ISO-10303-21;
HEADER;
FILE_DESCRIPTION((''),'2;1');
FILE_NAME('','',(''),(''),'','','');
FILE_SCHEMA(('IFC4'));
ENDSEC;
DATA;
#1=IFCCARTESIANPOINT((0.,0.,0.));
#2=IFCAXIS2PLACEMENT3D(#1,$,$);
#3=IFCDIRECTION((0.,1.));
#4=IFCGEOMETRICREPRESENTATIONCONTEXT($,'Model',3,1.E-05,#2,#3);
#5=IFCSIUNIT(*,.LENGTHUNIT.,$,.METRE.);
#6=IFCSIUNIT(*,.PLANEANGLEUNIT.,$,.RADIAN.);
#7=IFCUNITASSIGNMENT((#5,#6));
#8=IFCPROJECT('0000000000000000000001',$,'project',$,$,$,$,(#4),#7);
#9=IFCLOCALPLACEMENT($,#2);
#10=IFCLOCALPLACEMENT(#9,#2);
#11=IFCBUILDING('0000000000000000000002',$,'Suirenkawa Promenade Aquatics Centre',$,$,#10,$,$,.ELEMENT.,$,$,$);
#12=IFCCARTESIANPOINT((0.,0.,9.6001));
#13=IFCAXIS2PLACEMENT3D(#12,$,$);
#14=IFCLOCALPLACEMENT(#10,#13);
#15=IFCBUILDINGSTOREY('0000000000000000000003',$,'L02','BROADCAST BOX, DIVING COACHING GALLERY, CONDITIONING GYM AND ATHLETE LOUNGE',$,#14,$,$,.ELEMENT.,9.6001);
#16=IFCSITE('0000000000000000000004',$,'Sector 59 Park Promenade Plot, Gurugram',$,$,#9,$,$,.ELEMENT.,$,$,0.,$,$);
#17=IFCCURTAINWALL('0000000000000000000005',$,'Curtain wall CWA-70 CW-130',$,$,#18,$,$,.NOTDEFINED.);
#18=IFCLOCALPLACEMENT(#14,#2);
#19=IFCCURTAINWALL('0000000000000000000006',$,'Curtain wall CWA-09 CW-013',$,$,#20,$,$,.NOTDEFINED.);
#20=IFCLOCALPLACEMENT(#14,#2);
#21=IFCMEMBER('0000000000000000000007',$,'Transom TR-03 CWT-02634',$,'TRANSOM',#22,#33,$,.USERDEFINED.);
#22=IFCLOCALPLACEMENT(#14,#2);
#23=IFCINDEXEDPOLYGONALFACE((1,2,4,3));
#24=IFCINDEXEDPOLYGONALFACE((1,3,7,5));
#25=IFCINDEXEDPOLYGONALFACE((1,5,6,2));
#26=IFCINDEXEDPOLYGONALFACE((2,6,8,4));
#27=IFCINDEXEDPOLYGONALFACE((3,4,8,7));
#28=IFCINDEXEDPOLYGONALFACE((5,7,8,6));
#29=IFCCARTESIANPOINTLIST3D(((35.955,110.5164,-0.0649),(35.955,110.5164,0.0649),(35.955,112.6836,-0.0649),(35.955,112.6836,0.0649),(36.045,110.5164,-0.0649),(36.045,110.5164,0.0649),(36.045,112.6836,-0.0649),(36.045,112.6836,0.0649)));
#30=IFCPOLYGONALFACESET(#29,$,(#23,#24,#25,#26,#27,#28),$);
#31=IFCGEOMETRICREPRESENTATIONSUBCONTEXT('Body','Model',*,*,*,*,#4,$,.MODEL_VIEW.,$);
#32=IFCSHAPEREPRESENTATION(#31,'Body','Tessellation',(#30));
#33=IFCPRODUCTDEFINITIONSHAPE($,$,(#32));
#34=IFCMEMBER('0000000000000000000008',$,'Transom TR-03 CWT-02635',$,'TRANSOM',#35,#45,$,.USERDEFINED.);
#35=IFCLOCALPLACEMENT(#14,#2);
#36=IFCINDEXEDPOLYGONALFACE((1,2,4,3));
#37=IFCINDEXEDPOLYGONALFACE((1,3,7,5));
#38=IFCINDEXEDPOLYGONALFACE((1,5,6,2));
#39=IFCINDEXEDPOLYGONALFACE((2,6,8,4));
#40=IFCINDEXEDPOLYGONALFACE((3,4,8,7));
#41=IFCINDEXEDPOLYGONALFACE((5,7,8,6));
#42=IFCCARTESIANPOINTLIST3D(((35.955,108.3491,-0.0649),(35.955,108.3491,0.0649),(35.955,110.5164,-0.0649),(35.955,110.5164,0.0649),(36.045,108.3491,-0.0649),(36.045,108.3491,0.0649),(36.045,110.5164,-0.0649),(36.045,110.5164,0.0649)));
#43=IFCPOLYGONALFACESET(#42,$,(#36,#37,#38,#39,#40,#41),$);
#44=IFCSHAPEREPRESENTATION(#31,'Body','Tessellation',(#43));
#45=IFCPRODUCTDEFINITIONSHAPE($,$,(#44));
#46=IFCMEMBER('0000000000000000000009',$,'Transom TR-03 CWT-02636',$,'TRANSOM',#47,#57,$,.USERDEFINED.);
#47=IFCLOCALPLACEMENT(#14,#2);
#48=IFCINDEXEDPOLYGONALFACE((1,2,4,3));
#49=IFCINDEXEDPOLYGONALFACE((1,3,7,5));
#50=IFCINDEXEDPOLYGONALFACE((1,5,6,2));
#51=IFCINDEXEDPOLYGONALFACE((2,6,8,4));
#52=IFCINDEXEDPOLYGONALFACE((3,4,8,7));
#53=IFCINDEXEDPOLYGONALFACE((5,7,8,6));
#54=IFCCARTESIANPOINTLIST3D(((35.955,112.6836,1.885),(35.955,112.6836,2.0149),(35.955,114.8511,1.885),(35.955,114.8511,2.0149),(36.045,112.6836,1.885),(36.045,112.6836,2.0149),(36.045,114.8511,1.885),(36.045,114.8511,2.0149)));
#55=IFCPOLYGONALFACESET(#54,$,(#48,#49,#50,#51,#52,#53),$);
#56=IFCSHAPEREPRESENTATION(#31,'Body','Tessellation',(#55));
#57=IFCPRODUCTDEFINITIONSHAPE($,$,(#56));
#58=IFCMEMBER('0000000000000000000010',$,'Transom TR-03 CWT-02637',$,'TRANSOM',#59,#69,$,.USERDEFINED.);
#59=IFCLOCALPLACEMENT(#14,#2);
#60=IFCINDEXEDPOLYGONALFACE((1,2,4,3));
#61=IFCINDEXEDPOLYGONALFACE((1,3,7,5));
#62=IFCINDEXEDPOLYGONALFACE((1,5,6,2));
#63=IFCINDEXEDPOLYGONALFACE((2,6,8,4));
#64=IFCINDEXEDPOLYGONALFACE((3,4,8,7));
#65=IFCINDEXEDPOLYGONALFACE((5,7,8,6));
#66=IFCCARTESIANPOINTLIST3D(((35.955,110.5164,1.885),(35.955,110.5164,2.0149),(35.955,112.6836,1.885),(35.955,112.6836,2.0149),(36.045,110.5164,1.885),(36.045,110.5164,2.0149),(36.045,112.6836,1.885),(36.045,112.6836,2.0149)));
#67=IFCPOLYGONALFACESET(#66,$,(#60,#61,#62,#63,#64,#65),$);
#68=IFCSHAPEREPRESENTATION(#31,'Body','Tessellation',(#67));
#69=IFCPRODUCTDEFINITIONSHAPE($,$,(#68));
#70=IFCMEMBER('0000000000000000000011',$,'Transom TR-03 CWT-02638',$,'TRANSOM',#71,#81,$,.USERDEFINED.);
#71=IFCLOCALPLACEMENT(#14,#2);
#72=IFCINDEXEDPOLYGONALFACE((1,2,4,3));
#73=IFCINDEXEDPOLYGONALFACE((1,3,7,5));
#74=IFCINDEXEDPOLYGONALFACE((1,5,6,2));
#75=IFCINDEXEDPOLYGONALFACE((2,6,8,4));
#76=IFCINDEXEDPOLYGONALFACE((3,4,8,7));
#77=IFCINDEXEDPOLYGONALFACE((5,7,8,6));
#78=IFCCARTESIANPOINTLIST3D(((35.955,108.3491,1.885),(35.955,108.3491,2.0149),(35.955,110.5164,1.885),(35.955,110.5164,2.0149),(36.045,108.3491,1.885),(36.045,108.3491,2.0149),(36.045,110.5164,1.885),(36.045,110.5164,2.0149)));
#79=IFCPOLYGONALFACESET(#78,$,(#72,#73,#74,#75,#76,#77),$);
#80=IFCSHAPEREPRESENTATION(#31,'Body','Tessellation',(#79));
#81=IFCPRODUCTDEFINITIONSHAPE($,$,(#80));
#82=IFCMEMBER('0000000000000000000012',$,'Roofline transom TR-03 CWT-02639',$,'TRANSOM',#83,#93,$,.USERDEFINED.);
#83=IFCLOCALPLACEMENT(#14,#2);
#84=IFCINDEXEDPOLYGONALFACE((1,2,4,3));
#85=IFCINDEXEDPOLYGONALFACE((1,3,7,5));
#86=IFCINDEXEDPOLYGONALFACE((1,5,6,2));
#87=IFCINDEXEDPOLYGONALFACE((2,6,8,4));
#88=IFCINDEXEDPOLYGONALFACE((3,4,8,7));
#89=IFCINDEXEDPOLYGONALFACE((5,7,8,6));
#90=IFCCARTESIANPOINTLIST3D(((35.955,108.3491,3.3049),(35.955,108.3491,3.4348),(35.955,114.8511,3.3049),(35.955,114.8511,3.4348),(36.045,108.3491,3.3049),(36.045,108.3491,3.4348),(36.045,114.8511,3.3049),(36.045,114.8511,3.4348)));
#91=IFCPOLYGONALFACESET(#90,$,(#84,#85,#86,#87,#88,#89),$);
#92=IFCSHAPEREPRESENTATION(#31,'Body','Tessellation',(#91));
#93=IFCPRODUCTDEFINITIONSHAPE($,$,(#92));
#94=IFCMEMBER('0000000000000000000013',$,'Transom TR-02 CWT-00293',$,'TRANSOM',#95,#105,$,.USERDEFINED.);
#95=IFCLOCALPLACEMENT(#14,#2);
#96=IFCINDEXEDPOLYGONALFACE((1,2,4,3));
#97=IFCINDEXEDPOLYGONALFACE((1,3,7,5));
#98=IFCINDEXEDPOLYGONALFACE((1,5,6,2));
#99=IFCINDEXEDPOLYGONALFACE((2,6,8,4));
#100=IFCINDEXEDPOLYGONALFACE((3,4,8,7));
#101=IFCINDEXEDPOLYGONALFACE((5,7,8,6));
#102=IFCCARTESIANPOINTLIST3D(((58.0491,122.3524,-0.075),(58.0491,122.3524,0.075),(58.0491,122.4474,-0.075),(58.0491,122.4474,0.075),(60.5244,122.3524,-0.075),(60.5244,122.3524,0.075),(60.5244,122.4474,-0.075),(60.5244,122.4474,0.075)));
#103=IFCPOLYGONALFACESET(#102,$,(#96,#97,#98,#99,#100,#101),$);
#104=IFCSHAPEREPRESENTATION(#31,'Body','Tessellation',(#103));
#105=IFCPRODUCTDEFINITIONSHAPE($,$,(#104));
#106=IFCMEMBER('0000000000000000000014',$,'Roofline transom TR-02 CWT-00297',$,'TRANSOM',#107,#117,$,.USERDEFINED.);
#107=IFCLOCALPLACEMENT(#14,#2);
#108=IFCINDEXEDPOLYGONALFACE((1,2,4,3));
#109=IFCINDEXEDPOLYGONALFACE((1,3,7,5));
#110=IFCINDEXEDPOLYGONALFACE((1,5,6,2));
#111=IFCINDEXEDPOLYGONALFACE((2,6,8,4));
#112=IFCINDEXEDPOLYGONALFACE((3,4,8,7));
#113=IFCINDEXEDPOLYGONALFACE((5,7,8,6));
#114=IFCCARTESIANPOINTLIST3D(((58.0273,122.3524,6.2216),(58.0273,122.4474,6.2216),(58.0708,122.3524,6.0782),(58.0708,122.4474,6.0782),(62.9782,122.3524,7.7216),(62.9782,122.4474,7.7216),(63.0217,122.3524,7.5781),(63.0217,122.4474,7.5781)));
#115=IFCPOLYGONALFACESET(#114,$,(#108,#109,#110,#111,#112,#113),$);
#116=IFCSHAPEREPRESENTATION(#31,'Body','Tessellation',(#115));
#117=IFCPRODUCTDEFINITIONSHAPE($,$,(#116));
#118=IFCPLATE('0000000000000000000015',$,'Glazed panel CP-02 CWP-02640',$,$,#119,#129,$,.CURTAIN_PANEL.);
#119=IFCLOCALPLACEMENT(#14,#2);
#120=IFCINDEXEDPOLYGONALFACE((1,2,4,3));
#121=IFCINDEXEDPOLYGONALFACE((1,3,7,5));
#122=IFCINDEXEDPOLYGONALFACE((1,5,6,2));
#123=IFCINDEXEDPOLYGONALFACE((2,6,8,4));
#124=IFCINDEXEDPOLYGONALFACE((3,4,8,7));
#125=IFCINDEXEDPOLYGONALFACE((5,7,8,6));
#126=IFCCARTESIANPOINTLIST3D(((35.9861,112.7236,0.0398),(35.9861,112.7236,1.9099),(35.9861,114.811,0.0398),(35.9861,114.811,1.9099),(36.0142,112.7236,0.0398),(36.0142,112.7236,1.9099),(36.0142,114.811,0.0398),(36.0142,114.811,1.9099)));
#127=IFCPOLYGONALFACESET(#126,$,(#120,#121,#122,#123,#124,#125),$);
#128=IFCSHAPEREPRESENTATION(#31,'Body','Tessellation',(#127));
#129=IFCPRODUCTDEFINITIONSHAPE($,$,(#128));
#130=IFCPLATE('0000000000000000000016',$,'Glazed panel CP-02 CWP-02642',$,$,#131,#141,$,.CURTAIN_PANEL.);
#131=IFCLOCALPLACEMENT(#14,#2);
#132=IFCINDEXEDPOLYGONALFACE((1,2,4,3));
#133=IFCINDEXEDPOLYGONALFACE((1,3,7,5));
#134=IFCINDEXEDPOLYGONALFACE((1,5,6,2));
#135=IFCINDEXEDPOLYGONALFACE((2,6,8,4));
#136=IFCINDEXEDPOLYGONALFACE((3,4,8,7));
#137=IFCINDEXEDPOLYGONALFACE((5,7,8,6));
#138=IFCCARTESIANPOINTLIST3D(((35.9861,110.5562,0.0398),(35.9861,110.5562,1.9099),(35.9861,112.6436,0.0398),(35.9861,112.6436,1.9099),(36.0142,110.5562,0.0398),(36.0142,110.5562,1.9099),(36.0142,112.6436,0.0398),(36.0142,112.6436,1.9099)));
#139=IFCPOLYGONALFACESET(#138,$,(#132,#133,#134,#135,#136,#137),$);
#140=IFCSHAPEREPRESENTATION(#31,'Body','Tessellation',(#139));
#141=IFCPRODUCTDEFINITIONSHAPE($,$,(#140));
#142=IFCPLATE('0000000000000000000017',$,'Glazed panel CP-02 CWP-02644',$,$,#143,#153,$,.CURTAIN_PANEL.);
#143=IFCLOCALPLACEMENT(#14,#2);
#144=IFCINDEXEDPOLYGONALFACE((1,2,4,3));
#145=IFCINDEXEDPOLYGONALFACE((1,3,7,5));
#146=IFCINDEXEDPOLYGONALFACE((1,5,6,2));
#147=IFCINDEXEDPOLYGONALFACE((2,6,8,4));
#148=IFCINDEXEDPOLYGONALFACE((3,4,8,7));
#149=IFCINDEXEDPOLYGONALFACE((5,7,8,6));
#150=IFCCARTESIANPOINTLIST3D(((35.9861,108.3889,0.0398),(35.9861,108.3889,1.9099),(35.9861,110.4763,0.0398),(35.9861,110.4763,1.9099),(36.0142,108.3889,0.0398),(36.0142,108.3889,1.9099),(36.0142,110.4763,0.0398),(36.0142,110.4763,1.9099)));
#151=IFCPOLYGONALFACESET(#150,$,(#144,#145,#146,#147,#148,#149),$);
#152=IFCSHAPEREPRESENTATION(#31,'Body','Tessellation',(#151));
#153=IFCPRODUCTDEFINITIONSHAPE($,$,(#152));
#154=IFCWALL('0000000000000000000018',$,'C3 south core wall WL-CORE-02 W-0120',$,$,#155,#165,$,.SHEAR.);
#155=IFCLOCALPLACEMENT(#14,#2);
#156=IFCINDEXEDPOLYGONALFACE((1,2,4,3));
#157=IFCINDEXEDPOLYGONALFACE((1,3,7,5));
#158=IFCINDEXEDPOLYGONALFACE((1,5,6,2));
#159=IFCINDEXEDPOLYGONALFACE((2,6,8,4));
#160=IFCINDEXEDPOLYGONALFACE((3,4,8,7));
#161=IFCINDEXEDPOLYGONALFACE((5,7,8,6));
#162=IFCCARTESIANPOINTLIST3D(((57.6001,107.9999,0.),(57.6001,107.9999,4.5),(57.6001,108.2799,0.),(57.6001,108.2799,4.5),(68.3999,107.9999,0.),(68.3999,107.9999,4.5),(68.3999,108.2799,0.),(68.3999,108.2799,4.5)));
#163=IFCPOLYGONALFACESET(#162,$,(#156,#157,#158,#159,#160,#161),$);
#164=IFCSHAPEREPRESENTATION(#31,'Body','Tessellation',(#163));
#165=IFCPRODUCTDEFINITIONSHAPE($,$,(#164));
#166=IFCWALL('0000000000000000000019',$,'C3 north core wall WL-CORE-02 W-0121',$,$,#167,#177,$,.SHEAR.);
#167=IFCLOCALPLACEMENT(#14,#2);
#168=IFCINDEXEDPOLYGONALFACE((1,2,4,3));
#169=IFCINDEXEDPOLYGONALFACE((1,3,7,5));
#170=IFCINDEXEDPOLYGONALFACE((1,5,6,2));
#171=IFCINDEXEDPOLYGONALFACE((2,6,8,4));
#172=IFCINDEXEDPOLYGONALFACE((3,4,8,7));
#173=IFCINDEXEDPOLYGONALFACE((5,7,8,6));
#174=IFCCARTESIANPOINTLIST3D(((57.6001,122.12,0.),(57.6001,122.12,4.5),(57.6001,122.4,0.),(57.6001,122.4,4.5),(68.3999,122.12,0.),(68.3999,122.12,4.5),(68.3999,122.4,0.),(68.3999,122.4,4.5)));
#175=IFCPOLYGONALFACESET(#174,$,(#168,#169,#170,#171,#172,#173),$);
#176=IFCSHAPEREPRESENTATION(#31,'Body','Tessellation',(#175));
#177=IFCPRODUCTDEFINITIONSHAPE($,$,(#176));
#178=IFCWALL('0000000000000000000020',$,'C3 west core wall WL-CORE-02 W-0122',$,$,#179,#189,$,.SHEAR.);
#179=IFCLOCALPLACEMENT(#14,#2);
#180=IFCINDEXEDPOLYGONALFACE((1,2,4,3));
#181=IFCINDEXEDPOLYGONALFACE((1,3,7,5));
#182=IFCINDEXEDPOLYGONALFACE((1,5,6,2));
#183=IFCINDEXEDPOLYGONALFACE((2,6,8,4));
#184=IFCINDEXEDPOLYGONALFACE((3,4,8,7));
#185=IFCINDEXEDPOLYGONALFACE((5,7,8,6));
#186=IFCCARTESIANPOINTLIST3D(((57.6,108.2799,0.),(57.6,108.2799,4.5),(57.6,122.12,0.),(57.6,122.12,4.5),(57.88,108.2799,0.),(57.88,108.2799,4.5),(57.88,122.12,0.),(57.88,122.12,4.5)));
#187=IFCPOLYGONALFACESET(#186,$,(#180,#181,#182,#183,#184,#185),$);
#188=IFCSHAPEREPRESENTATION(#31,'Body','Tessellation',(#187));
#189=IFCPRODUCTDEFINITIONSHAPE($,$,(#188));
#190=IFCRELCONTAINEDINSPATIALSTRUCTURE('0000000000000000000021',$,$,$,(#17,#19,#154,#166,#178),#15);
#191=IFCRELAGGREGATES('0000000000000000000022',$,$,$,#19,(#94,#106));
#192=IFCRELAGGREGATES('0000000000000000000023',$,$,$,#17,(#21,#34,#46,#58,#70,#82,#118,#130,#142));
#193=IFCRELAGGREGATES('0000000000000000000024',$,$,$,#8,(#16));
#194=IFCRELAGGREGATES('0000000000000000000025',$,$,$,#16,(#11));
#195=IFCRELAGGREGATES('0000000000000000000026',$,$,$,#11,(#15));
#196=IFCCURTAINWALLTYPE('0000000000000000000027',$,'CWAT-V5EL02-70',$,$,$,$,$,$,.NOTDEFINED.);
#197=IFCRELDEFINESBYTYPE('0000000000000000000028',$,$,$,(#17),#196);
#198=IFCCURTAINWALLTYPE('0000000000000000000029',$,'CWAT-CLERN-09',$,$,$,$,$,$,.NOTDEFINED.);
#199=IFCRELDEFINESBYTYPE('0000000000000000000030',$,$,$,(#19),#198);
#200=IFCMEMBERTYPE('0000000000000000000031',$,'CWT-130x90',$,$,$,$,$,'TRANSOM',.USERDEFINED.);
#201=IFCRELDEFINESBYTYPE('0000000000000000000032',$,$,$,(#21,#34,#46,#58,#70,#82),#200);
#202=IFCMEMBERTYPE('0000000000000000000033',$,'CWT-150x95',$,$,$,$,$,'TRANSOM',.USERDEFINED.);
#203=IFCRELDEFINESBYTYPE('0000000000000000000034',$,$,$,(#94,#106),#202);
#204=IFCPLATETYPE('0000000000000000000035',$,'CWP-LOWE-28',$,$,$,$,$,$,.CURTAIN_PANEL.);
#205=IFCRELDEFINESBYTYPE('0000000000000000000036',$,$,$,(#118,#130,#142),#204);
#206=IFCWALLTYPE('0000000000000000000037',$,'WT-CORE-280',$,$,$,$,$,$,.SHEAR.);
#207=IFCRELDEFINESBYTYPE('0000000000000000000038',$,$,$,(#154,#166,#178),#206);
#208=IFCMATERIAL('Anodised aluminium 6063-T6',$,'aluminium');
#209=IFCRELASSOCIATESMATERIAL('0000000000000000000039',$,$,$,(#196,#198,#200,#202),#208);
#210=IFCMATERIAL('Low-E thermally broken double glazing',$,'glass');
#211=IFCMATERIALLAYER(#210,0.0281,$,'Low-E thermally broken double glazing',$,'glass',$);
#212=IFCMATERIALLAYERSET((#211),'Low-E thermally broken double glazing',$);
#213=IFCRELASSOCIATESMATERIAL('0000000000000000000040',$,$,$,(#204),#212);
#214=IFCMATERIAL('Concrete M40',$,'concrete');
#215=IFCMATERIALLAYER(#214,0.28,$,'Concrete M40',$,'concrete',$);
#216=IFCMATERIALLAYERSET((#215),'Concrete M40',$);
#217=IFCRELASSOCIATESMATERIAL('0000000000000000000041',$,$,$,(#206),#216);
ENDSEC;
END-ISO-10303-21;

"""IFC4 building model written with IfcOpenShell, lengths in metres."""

from ifc_helpers import new_model, si_unit, direction, frame, frame_2d, origin, origin_2d, place, context, subcontext, project, spatial, polyline, rectangle, outline, extrude, material, layer, layer_set, material_profile, profile_set, type_object, element, aggregate, save


model = new_model("IFC4")

# Units and contexts
model_context = context("Model", 3, precision=1e-05, world=origin(), true_north=direction((0.0, 1.0)))
body_context = subcontext(model_context, "Body", "Model", "MODEL_VIEW")
ifc_project = project(units=[si_unit("LENGTHUNIT", "METRE"), si_unit("PLANEANGLEUNIT", "RADIAN")], contexts=[model_context])

# Site, building, storey
site_placement = place(None, origin())
site = spatial("IfcSite", under=ifc_project, at=site_placement, Name="Sector 59 Park Promenade Plot, Gurugram", CompositionType="ELEMENT", RefElevation=0.0)
building_placement = place(site_placement, origin())
building = spatial("IfcBuilding", under=site, at=building_placement, Name="Suirenkawa Promenade Aquatics Centre", CompositionType="ELEMENT")
storey_placement = place(building_placement, frame((0.0, 0.0, 9.6001)))
storey = spatial("IfcBuildingStorey", under=building, at=storey_placement, Name="L02", Description="BROADCAST BOX, DIVING COACHING GALLERY, CONDITIONING GYM AND ATHLETE LOUNGE", CompositionType="ELEMENT", Elevation=9.6001)

# Shared definitions
ifc_material_1 = material(Name="Concrete M40", Category="concrete")

# Curtain wall
ifc_material_2 = material(Name="Anodised aluminium 6063-T6", Category="aluminium")
curtain_wall_type_1 = type_object("IfcCurtainWallType", Name="CWAT-V5EL02-70", PredefinedType="NOTDEFINED", material=ifc_material_2)
curtain_wall_1_placement = place(storey_placement, origin())
curtain_wall_1 = element("IfcCurtainWall", 1, at=curtain_wall_1_placement, inside=storey, type_object=curtain_wall_type_1, Name="Curtain wall CWA-70 CW-130", PredefinedType="NOTDEFINED")

# Curtain wall
curtain_wall_type_2 = type_object("IfcCurtainWallType", Name="CWAT-CLERN-09", PredefinedType="NOTDEFINED", material=ifc_material_2)
curtain_wall_2_placement = place(storey_placement, origin())
curtain_wall_2 = element("IfcCurtainWall", 2, at=curtain_wall_2_placement, inside=storey, type_object=curtain_wall_type_2, Name="Curtain wall CWA-09 CW-013", PredefinedType="NOTDEFINED")

# Members
ifc_material_profile_1 = material_profile(ifc_material_2, rectangle(XDim=0.0901, YDim=0.1299, at=origin_2d()), Name="ALU TRAN 90x130", Category="aluminium")
ifc_profile_set_1 = profile_set([ifc_material_profile_1], Name="Anodised aluminium 6063-T6")
member_type_1 = type_object("IfcMemberType", Name="CWT-130x90", ElementType="TRANSOM", PredefinedType="USERDEFINED", material=ifc_profile_set_1)
member_1_placement = place(storey_placement, frame((36.0, 112.6836, 0.0), z_axis=(0.0, -1.0, 0.0), x_axis=(1.0, 0.0, 0.0)))
member_1 = element("IfcMember", 3, at=member_1_placement, type_object=member_type_1, Name="Transom TR-03 CWT-02634", ObjectType="TRANSOM", PredefinedType="USERDEFINED", context=body_context, shape_type="SweptSolid", body=[
    extrude(rectangle(XDim=0.0901, YDim=0.1299, at=origin_2d()), origin(), (0.0, 0.0, 1.0), 2.1672),
])
member_2_placement = place(storey_placement, frame((36.0, 110.5164, 0.0), z_axis=(0.0, -1.0, 0.0), x_axis=(1.0, 0.0, 0.0)))
member_2 = element("IfcMember", 4, at=member_2_placement, type_object=member_type_1, Name="Transom TR-03 CWT-02635", ObjectType="TRANSOM", PredefinedType="USERDEFINED", context=body_context, shape_type="SweptSolid", body=[
    extrude(rectangle(XDim=0.0901, YDim=0.1299, at=origin_2d()), origin(), (0.0, 0.0, 1.0), 2.1672),
])
member_3_placement = place(storey_placement, frame((36.0, 114.8511, 1.95), z_axis=(0.0, -1.0, 0.0), x_axis=(1.0, 0.0, 0.0)))
member_3 = element("IfcMember", 5, at=member_3_placement, type_object=member_type_1, Name="Transom TR-03 CWT-02636", ObjectType="TRANSOM", PredefinedType="USERDEFINED", context=body_context, shape_type="SweptSolid", body=[
    extrude(rectangle(XDim=0.0901, YDim=0.1299, at=origin_2d()), origin(), (0.0, 0.0, 1.0), 2.1675),
])
member_4_placement = place(storey_placement, frame((36.0, 112.6836, 1.95), z_axis=(0.0, -1.0, 0.0), x_axis=(1.0, 0.0, 0.0)))
member_4 = element("IfcMember", 6, at=member_4_placement, type_object=member_type_1, Name="Transom TR-03 CWT-02637", ObjectType="TRANSOM", PredefinedType="USERDEFINED", context=body_context, shape_type="SweptSolid", body=[
    extrude(rectangle(XDim=0.0901, YDim=0.1299, at=origin_2d()), origin(), (0.0, 0.0, 1.0), 2.1672),
])
member_5_placement = place(storey_placement, frame((36.0, 110.5164, 1.95), z_axis=(0.0, -1.0, 0.0), x_axis=(1.0, 0.0, 0.0)))
member_5 = element("IfcMember", 7, at=member_5_placement, type_object=member_type_1, Name="Transom TR-03 CWT-02638", ObjectType="TRANSOM", PredefinedType="USERDEFINED", context=body_context, shape_type="SweptSolid", body=[
    extrude(rectangle(XDim=0.0901, YDim=0.1299, at=origin_2d()), origin(), (0.0, 0.0, 1.0), 2.1672),
])
member_6_placement = place(storey_placement, frame((36.0, 114.8511, 3.3699), z_axis=(0.0, -1.0, 0.0), x_axis=(1.0, 0.0, 0.0)))
member_6 = element("IfcMember", 8, at=member_6_placement, type_object=member_type_1, Name="Roofline transom TR-03 CWT-02639", ObjectType="TRANSOM", PredefinedType="USERDEFINED", context=body_context, shape_type="SweptSolid", body=[
    extrude(rectangle(XDim=0.0901, YDim=0.1299, at=origin_2d()), origin(), (0.0, 0.0, 1.0), 6.502),
])
ifc_material_profile_2 = material_profile(ifc_material_2, rectangle(XDim=0.095, YDim=0.1499, at=origin_2d()), Name="ALU TRAN 95x150", Category="aluminium")
ifc_profile_set_2 = profile_set([ifc_material_profile_2], Name="Anodised aluminium 6063-T6")
member_type_2 = type_object("IfcMemberType", Name="CWT-150x95", ElementType="TRANSOM", PredefinedType="USERDEFINED", material=ifc_profile_set_2)
member_7_placement = place(storey_placement, frame((58.0491, 122.3999, 0.0), z_axis=(1.0, 0.0, 0.0), x_axis=(0.0, 1.0, 0.0)))
member_7 = element("IfcMember", 9, at=member_7_placement, type_object=member_type_2, Name="Transom TR-02 CWT-00293", ObjectType="TRANSOM", PredefinedType="USERDEFINED", context=body_context, shape_type="SweptSolid", body=[
    extrude(rectangle(XDim=0.095, YDim=0.1499, at=origin_2d()), origin(), (0.0, 0.0, 1.0), 2.4753),
])
member_8_placement = place(storey_placement, frame((58.0491, 122.3999, 6.1499), z_axis=(0.957039, 0.0, 0.289958), x_axis=(0.0, 1.0, 0.0)))
member_8 = element("IfcMember", 10, at=member_8_placement, type_object=member_type_2, Name="Roofline transom TR-02 CWT-00297", ObjectType="TRANSOM", PredefinedType="USERDEFINED", context=body_context, shape_type="SweptSolid", body=[
    extrude(rectangle(XDim=0.095, YDim=0.1499, at=origin_2d()), origin(), (0.0, 0.0, 1.0), 5.1731),
])
aggregate(curtain_wall_2, [member_7, member_8])

# Plates
ifc_material_3 = material(Name="Low-E thermally broken double glazing", Category="glass")
ifc_layer_1 = layer(ifc_material_3, 0.0281, Name="Low-E thermally broken double glazing", Category="glass")
ifc_layer_set_1 = layer_set([ifc_layer_1], Name="Low-E thermally broken double glazing")
plate_type = type_object("IfcPlateType", Name="CWP-LOWE-28", PredefinedType="CURTAIN_PANEL", material=ifc_layer_set_1)
plate_1_placement = place(storey_placement, frame((36.0, 114.8511, 0.0398), z_axis=(0.0, 0.0, 1.0), x_axis=(0.0, -1.0, 0.0)))
plate_1 = element("IfcPlate", 11, at=plate_1_placement, type_object=plate_type, Name="Glazed panel CP-02 CWP-02640", PredefinedType="CURTAIN_PANEL", context=body_context, shape_type="SweptSolid", body=[
    extrude(outline(polyline([(0.04, 0.0), (2.1274, 0.0), (2.1274, 1.8701), (0.04, 1.8701), (0.04, 0.0)])), frame((0.0, 0.0142, 0.0), z_axis=(0.0, -1.0, 0.0), x_axis=(1.0, 0.0, 0.0)), (0.0, 0.0, 1.0), 0.0281),
])
plate_2_placement = place(storey_placement, frame((36.0, 112.6836, 0.0398), z_axis=(0.0, 0.0, 1.0), x_axis=(0.0, -1.0, 0.0)))
plate_2 = element("IfcPlate", 12, at=plate_2_placement, type_object=plate_type, Name="Glazed panel CP-02 CWP-02642", PredefinedType="CURTAIN_PANEL", context=body_context, shape_type="SweptSolid", body=[
    extrude(outline(polyline([(0.04, 0.0), (2.1274, 0.0), (2.1274, 1.8701), (0.04, 1.8701), (0.04, 0.0)])), frame((0.0, 0.0142, 0.0), z_axis=(0.0, -1.0, 0.0), x_axis=(1.0, 0.0, 0.0)), (0.0, 0.0, 1.0), 0.0281),
])
plate_3_placement = place(storey_placement, frame((36.0, 110.5164, 0.0398), z_axis=(0.0, 0.0, 1.0), x_axis=(0.0, -1.0, 0.0)))
plate_3 = element("IfcPlate", 13, at=plate_3_placement, type_object=plate_type, Name="Glazed panel CP-02 CWP-02644", PredefinedType="CURTAIN_PANEL", context=body_context, shape_type="SweptSolid", body=[
    extrude(outline(polyline([(0.04, 0.0), (2.1274, 0.0), (2.1274, 1.8701), (0.04, 1.8701), (0.04, 0.0)])), frame((0.0, 0.0142, 0.0), z_axis=(0.0, -1.0, 0.0), x_axis=(1.0, 0.0, 0.0)), (0.0, 0.0, 1.0), 0.0281),
])
aggregate(curtain_wall_1, [member_1, member_2, member_3, member_4, member_5, member_6, plate_1, plate_2, plate_3])

# Walls
ifc_layer_2 = layer(ifc_material_1, 0.28, Name="Concrete M40", Category="concrete")
ifc_layer_set_2 = layer_set([ifc_layer_2], Name="Concrete M40")
wall_type_1 = type_object("IfcWallType", Name="WT-CORE-280", PredefinedType="SHEAR", material=ifc_layer_set_2)
for number, where, z_axis, x_axis, name in (
    (14, (57.6001, 108.1399, 0.0), (0.0, 0.0, 1.0), (1.0, 0.0, 0.0), "C3 south core wall WL-CORE-02 W-0120"),
    (15, (57.6001, 122.26, 0.0), (0.0, 0.0, 1.0), (1.0, 0.0, 0.0), "C3 north core wall WL-CORE-02 W-0121"),
):
    element("IfcWall", number, at=place(storey_placement, frame(where, z_axis=z_axis, x_axis=x_axis)), inside=storey, type_object=wall_type_1, Name=name, PredefinedType="SHEAR", context=body_context, shape_type="SweptSolid", body=[
        extrude(rectangle(XDim=10.7998, YDim=0.28, at=frame_2d((5.3999, 0.0))), origin(), (0.0, 0.0, 1.0), 4.5),
    ])
wall_1_placement = place(storey_placement, frame((57.74, 108.28, 0.0), z_axis=(0.0, 0.0, 1.0), x_axis=(0.0, 1.0, 0.0)))
element("IfcWall", 16, at=wall_1_placement, inside=storey, type_object=wall_type_1, Name="C3 west core wall WL-CORE-02 W-0122", PredefinedType="SHEAR", context=body_context, shape_type="SweptSolid", body=[
    extrude(rectangle(XDim=13.8401, YDim=0.28, at=frame_2d((6.9199, 0.0))), origin(), (0.0, 0.0, 1.0), 4.5),
])

save(model, "model.ifc")
